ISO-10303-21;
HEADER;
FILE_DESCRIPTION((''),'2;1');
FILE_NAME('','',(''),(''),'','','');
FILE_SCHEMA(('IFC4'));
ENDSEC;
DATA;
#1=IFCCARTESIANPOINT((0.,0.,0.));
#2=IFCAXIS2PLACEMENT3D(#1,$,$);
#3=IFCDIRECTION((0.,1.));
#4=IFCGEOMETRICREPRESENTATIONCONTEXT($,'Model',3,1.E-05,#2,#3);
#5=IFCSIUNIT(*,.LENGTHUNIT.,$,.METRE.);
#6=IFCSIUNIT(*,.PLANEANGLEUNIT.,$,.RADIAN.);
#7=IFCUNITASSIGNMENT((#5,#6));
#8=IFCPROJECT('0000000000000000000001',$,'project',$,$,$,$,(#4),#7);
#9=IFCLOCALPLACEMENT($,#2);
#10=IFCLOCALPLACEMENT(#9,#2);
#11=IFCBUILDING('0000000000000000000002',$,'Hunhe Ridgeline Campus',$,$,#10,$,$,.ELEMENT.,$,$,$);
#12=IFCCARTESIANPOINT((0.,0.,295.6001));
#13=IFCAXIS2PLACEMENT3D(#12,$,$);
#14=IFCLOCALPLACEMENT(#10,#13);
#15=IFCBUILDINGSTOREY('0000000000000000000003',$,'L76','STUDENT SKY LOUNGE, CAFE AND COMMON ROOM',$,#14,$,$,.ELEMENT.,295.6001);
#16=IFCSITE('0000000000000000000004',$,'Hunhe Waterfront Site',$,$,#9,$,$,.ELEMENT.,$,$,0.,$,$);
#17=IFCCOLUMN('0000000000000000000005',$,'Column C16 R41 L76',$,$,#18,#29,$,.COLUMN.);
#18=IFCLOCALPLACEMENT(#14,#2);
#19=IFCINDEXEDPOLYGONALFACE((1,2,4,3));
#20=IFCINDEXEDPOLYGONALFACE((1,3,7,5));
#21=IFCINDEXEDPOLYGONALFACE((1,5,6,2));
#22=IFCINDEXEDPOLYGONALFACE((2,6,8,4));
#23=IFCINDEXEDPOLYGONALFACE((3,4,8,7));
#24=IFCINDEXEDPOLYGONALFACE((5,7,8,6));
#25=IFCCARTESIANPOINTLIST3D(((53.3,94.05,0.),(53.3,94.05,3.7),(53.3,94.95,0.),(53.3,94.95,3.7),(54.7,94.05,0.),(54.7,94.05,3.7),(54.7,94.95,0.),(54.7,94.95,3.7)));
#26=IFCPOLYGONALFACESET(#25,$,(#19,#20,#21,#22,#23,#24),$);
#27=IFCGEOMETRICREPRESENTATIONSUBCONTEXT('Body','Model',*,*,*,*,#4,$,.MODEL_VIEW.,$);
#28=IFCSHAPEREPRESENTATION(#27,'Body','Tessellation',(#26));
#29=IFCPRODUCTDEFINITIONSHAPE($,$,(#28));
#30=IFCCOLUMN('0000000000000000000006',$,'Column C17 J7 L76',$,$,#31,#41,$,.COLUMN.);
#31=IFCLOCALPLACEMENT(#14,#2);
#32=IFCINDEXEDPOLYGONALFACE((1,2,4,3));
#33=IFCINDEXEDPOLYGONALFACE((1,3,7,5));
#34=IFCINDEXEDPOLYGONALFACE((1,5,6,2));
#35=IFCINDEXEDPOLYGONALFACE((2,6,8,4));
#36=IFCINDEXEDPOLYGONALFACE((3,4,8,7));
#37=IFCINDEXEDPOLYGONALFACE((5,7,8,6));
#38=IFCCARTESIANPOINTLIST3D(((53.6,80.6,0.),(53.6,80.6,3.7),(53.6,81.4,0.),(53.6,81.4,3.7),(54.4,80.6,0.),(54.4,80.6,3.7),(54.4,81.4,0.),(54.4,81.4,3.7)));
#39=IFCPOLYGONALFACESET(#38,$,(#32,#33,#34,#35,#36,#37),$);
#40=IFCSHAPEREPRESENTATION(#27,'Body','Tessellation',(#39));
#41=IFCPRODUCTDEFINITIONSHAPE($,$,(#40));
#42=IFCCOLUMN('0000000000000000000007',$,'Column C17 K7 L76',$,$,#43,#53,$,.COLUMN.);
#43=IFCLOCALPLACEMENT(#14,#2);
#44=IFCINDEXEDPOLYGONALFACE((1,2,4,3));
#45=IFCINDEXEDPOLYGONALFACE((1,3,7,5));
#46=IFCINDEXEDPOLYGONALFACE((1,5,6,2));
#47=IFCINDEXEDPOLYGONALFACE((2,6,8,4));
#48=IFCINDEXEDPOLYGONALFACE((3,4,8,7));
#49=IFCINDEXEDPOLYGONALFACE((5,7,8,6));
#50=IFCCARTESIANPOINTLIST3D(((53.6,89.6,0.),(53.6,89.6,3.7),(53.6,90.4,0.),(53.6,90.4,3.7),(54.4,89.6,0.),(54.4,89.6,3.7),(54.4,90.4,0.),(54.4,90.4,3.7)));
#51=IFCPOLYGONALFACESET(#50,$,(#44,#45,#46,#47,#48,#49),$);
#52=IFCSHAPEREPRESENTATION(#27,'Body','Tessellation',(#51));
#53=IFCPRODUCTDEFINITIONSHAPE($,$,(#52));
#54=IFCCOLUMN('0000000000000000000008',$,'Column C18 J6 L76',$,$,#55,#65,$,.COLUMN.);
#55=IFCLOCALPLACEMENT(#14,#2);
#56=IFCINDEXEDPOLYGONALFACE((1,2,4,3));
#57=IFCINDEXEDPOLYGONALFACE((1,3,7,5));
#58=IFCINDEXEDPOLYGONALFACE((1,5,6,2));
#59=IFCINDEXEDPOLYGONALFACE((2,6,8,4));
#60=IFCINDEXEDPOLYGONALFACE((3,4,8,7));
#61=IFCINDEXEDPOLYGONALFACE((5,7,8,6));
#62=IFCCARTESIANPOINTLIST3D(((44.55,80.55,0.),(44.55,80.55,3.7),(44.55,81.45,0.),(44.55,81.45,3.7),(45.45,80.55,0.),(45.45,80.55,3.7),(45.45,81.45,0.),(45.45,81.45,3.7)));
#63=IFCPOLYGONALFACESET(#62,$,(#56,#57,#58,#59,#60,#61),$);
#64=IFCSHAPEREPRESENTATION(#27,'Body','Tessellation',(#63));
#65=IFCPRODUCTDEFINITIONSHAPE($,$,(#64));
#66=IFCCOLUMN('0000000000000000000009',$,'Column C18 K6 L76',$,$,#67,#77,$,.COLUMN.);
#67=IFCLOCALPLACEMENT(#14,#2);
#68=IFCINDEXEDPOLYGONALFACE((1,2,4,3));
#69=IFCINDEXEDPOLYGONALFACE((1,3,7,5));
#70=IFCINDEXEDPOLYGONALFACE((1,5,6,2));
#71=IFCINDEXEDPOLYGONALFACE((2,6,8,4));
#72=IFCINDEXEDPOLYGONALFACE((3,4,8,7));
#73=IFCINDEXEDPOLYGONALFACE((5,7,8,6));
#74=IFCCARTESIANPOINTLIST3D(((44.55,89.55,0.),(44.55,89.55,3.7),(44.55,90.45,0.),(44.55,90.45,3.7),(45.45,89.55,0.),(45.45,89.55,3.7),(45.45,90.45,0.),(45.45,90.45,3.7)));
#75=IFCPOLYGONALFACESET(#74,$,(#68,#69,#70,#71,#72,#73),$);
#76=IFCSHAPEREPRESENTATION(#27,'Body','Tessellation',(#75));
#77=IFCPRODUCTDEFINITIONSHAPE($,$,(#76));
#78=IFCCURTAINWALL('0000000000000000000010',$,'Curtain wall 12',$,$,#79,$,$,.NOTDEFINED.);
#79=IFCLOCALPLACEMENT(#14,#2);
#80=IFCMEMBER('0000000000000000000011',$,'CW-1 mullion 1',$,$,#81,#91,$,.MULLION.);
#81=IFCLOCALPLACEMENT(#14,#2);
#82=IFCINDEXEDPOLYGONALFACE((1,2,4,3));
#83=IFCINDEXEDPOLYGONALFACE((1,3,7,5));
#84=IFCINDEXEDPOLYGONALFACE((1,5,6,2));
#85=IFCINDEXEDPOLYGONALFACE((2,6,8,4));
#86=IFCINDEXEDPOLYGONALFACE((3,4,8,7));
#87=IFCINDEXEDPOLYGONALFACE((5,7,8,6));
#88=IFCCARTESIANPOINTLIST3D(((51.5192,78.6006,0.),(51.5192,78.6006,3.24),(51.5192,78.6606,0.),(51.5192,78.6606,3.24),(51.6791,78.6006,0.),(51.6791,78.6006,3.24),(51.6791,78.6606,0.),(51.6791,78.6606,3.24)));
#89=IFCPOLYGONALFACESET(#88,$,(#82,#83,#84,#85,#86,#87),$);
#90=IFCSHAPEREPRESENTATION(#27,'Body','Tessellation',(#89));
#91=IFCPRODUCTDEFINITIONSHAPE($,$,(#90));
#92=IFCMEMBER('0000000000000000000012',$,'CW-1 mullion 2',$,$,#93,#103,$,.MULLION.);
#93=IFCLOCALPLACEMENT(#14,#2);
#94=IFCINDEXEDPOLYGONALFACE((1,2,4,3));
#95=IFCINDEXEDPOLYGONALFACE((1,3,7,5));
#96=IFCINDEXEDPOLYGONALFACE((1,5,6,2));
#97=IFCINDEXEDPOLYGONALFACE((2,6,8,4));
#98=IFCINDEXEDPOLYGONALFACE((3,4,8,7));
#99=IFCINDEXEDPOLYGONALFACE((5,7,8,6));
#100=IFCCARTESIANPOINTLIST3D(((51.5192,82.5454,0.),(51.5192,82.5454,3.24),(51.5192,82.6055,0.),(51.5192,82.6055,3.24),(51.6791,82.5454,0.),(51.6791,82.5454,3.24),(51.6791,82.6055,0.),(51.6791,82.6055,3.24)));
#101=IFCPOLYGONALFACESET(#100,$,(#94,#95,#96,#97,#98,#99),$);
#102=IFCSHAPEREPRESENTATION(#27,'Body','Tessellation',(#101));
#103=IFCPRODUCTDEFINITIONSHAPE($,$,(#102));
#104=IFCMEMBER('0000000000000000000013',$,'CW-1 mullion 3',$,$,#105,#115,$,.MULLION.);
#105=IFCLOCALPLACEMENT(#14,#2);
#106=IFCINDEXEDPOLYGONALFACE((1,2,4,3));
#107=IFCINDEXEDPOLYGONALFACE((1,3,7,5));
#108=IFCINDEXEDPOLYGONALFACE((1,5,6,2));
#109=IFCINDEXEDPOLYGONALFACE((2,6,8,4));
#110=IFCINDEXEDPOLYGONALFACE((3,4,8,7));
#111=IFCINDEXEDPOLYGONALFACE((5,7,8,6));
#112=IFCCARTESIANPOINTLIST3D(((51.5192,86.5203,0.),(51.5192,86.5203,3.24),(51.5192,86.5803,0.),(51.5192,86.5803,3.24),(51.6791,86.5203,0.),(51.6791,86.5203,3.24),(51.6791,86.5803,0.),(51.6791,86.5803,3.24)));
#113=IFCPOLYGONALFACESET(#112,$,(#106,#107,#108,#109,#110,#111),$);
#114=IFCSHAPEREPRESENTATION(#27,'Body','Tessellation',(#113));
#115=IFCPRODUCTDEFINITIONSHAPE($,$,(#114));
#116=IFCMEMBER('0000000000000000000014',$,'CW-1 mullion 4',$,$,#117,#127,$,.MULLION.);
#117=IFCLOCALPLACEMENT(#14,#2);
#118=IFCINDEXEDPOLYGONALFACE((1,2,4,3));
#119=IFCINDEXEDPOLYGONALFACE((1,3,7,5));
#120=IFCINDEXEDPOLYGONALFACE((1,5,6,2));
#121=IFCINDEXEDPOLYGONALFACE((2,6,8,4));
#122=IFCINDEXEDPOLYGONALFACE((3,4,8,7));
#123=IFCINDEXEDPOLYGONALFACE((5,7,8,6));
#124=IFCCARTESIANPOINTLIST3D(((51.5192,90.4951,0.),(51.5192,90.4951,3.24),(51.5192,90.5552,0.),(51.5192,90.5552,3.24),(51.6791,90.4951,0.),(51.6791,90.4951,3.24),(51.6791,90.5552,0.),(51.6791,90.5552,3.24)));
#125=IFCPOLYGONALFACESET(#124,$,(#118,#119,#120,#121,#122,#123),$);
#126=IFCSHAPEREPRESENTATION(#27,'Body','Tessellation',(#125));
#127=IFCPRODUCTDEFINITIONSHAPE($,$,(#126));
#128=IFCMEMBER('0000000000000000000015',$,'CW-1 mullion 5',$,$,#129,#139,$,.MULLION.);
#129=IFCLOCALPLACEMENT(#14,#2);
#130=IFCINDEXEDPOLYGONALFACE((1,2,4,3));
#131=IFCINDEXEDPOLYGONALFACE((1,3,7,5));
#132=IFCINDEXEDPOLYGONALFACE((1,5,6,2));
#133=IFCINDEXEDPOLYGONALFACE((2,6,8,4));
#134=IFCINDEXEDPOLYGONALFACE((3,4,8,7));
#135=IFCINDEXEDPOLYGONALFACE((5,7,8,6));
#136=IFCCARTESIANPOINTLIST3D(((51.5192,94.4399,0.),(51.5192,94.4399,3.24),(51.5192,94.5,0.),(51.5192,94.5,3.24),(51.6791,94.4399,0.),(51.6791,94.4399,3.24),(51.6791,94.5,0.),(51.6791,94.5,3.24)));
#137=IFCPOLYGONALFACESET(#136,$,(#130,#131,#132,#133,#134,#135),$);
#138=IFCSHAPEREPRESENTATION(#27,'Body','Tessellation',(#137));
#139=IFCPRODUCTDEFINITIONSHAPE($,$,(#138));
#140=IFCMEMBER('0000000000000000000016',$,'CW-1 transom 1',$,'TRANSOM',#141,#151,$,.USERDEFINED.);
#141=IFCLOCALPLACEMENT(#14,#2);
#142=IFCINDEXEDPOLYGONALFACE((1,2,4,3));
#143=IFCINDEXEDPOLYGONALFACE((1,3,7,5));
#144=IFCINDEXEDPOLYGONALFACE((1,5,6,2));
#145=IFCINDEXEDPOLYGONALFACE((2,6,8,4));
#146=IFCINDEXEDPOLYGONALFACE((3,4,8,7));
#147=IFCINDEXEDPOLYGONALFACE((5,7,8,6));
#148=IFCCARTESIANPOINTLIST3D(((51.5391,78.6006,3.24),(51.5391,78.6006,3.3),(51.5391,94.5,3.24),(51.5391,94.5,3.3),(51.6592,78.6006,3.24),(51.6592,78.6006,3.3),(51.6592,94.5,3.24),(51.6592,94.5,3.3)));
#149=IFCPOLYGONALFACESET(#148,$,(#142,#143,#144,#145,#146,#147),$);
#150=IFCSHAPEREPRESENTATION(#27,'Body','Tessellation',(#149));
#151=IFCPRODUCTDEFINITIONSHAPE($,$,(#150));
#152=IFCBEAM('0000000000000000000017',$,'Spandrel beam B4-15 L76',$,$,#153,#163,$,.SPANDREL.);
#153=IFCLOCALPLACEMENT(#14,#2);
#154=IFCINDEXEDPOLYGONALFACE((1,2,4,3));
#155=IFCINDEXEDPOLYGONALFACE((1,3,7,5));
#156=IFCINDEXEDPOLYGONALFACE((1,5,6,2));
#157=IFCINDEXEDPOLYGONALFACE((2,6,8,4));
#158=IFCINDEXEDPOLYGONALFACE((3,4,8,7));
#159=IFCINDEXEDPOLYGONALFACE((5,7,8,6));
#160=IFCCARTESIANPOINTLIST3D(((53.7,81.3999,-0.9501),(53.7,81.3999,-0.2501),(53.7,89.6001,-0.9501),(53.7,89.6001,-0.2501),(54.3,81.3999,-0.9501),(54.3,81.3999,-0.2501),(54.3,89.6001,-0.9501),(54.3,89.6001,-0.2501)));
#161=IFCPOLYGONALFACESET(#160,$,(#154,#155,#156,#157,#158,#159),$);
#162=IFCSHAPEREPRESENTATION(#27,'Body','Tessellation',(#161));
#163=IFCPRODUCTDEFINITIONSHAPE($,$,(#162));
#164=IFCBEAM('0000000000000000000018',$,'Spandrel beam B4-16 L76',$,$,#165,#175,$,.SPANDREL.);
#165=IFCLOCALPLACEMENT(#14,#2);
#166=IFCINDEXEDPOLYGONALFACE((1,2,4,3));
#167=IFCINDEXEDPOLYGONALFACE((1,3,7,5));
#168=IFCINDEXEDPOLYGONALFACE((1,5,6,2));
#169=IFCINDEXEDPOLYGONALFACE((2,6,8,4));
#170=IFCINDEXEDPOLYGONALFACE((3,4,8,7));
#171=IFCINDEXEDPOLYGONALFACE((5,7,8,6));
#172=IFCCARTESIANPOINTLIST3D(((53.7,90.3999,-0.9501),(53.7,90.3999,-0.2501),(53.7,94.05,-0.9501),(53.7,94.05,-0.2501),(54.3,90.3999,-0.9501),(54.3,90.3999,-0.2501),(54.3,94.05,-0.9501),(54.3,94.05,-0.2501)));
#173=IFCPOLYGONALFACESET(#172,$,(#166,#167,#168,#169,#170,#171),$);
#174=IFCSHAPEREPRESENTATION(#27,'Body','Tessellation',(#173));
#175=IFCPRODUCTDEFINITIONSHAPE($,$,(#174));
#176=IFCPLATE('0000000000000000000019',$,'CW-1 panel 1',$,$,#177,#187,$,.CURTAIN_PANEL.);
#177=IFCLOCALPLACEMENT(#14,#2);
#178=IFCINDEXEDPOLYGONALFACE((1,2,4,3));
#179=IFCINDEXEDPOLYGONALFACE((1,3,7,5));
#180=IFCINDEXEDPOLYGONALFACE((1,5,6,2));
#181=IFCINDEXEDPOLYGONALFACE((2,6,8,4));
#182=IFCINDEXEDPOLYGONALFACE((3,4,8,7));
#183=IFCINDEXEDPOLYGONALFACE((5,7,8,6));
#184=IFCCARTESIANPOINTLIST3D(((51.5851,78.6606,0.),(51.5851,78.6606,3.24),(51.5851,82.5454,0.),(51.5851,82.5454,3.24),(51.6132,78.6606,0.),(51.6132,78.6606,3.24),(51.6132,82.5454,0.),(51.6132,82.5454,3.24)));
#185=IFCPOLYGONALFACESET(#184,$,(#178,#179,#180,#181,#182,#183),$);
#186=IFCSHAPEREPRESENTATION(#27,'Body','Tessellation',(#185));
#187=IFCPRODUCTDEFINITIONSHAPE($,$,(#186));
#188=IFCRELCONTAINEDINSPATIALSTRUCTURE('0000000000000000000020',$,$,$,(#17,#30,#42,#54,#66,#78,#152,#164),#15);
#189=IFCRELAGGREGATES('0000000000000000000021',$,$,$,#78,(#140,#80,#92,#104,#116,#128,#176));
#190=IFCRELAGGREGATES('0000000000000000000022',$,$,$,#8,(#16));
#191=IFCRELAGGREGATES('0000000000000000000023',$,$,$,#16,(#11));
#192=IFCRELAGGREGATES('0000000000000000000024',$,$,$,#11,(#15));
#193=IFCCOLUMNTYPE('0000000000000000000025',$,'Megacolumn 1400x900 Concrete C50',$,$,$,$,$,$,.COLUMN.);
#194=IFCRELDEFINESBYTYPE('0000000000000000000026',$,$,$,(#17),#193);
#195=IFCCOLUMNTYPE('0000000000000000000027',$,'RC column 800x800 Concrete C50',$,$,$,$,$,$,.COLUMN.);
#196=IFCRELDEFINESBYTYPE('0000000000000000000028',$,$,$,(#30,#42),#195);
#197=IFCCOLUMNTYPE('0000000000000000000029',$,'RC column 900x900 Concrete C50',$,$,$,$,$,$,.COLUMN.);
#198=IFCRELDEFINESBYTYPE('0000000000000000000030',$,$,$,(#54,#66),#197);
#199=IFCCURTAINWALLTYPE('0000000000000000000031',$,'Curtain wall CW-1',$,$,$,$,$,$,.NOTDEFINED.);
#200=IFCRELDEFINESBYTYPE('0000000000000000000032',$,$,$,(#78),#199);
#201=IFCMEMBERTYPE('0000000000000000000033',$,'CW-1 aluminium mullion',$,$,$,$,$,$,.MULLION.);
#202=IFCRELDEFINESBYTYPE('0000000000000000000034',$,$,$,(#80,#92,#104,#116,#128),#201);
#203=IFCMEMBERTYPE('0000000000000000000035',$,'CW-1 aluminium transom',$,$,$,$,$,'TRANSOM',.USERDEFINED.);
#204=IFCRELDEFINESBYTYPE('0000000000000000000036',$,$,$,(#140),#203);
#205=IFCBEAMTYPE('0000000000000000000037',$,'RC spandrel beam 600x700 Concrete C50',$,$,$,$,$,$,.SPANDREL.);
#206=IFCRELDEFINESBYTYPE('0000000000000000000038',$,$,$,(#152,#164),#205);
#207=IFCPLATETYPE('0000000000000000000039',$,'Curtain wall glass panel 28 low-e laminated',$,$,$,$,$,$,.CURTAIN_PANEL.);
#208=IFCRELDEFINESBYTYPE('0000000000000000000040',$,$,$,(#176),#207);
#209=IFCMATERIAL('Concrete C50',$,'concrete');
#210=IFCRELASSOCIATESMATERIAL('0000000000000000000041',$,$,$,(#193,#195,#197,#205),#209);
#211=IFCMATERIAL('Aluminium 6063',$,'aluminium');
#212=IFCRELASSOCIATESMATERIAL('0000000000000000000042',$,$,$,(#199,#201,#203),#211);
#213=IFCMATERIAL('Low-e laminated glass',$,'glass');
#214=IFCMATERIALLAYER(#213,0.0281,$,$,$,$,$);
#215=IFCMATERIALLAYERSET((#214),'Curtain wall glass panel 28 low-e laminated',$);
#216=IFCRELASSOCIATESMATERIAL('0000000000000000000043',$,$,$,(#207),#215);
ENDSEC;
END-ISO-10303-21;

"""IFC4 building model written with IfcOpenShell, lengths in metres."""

from ifc_helpers import new_model, si_unit, direction, frame, origin, origin_2d, place, context, subcontext, project, spatial, rectangle, extrude, material, layer, layer_set, material_profile, profile_set, type_object, element, aggregate, save


model = new_model("IFC4")

# Units and contexts
model_context = context("Model", 3, precision=1e-05, world=origin(), true_north=direction((0.0, 1.0)))
body_context = subcontext(model_context, "Body", "Model", "MODEL_VIEW")
ifc_project = project(units=[si_unit("LENGTHUNIT", "METRE"), si_unit("PLANEANGLEUNIT", "RADIAN")], contexts=[model_context])

# Site, building, storey
site_placement = place(None, origin())
site = spatial("IfcSite", under=ifc_project, at=site_placement, Name="Hunhe Waterfront Site", CompositionType="ELEMENT", RefElevation=0.0)
building_placement = place(site_placement, origin())
building = spatial("IfcBuilding", under=site, at=building_placement, Name="Hunhe Ridgeline Campus", CompositionType="ELEMENT")
storey_placement = place(building_placement, frame((0.0, 0.0, 295.6001)))
storey = spatial("IfcBuildingStorey", under=building, at=storey_placement, Name="L76", Description="STUDENT SKY LOUNGE, CAFE AND COMMON ROOM", CompositionType="ELEMENT", Elevation=295.6001)

# Columns
ifc_material_1 = material(Name="Concrete C50", Category="concrete")
ifc_material_profile_1 = material_profile(ifc_material_1, rectangle(XDim=1.3999, YDim=0.8999, at=origin_2d()))
ifc_profile_set_1 = profile_set([ifc_material_profile_1], Name="Concrete C50")
column_type_1 = type_object("IfcColumnType", Name="Megacolumn 1400x900 Concrete C50", PredefinedType="COLUMN", material=ifc_profile_set_1)
column_placement = place(storey_placement, frame((54.0, 94.5, 0.0), z_axis=(0.0, 0.0, 1.0), x_axis=(1.0, 0.0, 0.0)))
element("IfcColumn", 1, at=column_placement, inside=storey, type_object=column_type_1, Name="Column C16 R41 L76", PredefinedType="COLUMN", context=body_context, shape_type="SweptSolid", body=[
    extrude(rectangle(XDim=1.3999, YDim=0.8999, at=origin_2d()), origin(), (0.0, 0.0, 1.0), 3.7),
])
ifc_material_profile_2 = material_profile(ifc_material_1, rectangle(XDim=0.8, YDim=0.8, at=origin_2d()))
ifc_profile_set_2 = profile_set([ifc_material_profile_2], Name="Concrete C50")
column_type_2 = type_object("IfcColumnType", Name="RC column 800x800 Concrete C50", PredefinedType="COLUMN", material=ifc_profile_set_2)
for number, where, z_axis, x_axis, name in (
    (2, (54.0, 81.0, 0.0), (0.0, 0.0, 1.0), (1.0, 0.0, 0.0), "Column C17 J7 L76"),
    (3, (54.0, 90.0, 0.0), (0.0, 0.0, 1.0), (1.0, 0.0, 0.0), "Column C17 K7 L76"),
):
    element("IfcColumn", number, at=place(storey_placement, frame(where, z_axis=z_axis, x_axis=x_axis)), inside=storey, type_object=column_type_2, Name=name, PredefinedType="COLUMN", context=body_context, shape_type="SweptSolid", body=[
        extrude(rectangle(XDim=0.8, YDim=0.8, at=origin_2d()), origin(), (0.0, 0.0, 1.0), 3.7),
    ])
ifc_material_profile_3 = material_profile(ifc_material_1, rectangle(XDim=0.8999, YDim=0.8999, at=origin_2d()))
ifc_profile_set_3 = profile_set([ifc_material_profile_3], Name="Concrete C50")
column_type_3 = type_object("IfcColumnType", Name="RC column 900x900 Concrete C50", PredefinedType="COLUMN", material=ifc_profile_set_3)
for number, where, z_axis, x_axis, name in (
    (4, (45.0, 81.0, 0.0), (0.0, 0.0, 1.0), (1.0, 0.0, 0.0), "Column C18 J6 L76"),
    (5, (45.0, 90.0, 0.0), (0.0, 0.0, 1.0), (1.0, 0.0, 0.0), "Column C18 K6 L76"),
):
    element("IfcColumn", number, at=place(storey_placement, frame(where, z_axis=z_axis, x_axis=x_axis)), inside=storey, type_object=column_type_3, Name=name, PredefinedType="COLUMN", context=body_context, shape_type="SweptSolid", body=[
        extrude(rectangle(XDim=0.8999, YDim=0.8999, at=origin_2d()), origin(), (0.0, 0.0, 1.0), 3.7),
    ])

# Curtain wall, members
ifc_material_2 = material(Name="Aluminium 6063", Category="aluminium")
curtain_wall_type = type_object("IfcCurtainWallType", Name="Curtain wall CW-1", PredefinedType="NOTDEFINED", material=ifc_material_2)
curtain_wall_placement = place(storey_placement, origin())
curtain_wall = element("IfcCurtainWall", 6, at=curtain_wall_placement, inside=storey, type_object=curtain_wall_type, Name="Curtain wall 12", PredefinedType="NOTDEFINED")
ifc_material_profile_4 = material_profile(ifc_material_2, rectangle(XDim=0.1599, YDim=0.0601, at=origin_2d()))
ifc_profile_set_4 = profile_set([ifc_material_profile_4], Name="Aluminium 6063")
member_type_1 = type_object("IfcMemberType", Name="CW-1 aluminium mullion", PredefinedType="MULLION", material=ifc_profile_set_4)
member_1_placement = place(storey_placement, frame((51.5991, 78.6306, 0.0), z_axis=(0.0, 0.0, 1.0), x_axis=(-1.0, 0.0, 0.0)))
member_1 = element("IfcMember", 7, at=member_1_placement, type_object=member_type_1, Name="CW-1 mullion 1", PredefinedType="MULLION", context=body_context, shape_type="SweptSolid", body=[
    extrude(rectangle(XDim=0.1599, YDim=0.0601, at=origin_2d()), origin(), (0.0, 0.0, 1.0), 3.24),
])
member_2_placement = place(storey_placement, frame((51.5991, 82.5754, 0.0), z_axis=(0.0, 0.0, 1.0), x_axis=(-1.0, 0.0, 0.0)))
member_2 = element("IfcMember", 8, at=member_2_placement, type_object=member_type_1, Name="CW-1 mullion 2", PredefinedType="MULLION", context=body_context, shape_type="SweptSolid", body=[
    extrude(rectangle(XDim=0.1599, YDim=0.0601, at=origin_2d()), origin(), (0.0, 0.0, 1.0), 3.24),
])
member_3_placement = place(storey_placement, frame((51.5991, 86.5503, 0.0), z_axis=(0.0, 0.0, 1.0), x_axis=(-1.0, 0.0, 0.0)))
member_3 = element("IfcMember", 9, at=member_3_placement, type_object=member_type_1, Name="CW-1 mullion 3", PredefinedType="MULLION", context=body_context, shape_type="SweptSolid", body=[
    extrude(rectangle(XDim=0.1599, YDim=0.0601, at=origin_2d()), origin(), (0.0, 0.0, 1.0), 3.24),
])
member_4_placement = place(storey_placement, frame((51.5991, 90.5251, 0.0), z_axis=(0.0, 0.0, 1.0), x_axis=(-1.0, 0.0, 0.0)))
member_4 = element("IfcMember", 10, at=member_4_placement, type_object=member_type_1, Name="CW-1 mullion 4", PredefinedType="MULLION", context=body_context, shape_type="SweptSolid", body=[
    extrude(rectangle(XDim=0.1599, YDim=0.0601, at=origin_2d()), origin(), (0.0, 0.0, 1.0), 3.24),
])
member_5_placement = place(storey_placement, frame((51.5991, 94.47, 0.0), z_axis=(0.0, 0.0, 1.0), x_axis=(-1.0, 0.0, 0.0)))
member_5 = element("IfcMember", 11, at=member_5_placement, type_object=member_type_1, Name="CW-1 mullion 5", PredefinedType="MULLION", context=body_context, shape_type="SweptSolid", body=[
    extrude(rectangle(XDim=0.1599, YDim=0.0601, at=origin_2d()), origin(), (0.0, 0.0, 1.0), 3.24),
])
ifc_material_profile_5 = material_profile(ifc_material_2, rectangle(XDim=0.1201, YDim=0.0601, at=origin_2d()))
ifc_profile_set_5 = profile_set([ifc_material_profile_5], Name="Aluminium 6063")
member_type_2 = type_object("IfcMemberType", Name="CW-1 aluminium transom", ElementType="TRANSOM", PredefinedType="USERDEFINED", material=ifc_profile_set_5)
member_6_placement = place(storey_placement, frame((51.5991, 78.6006, 3.27), z_axis=(0.0, 1.0, 0.0), x_axis=(-1.0, 0.0, 0.0)))
member_6 = element("IfcMember", 12, at=member_6_placement, type_object=member_type_2, Name="CW-1 transom 1", ObjectType="TRANSOM", PredefinedType="USERDEFINED", context=body_context, shape_type="SweptSolid", body=[
    extrude(rectangle(XDim=0.1201, YDim=0.0601, at=origin_2d()), origin(), (0.0, 0.0, 1.0), 15.8994),
])

# Beams
ifc_material_profile_6 = material_profile(ifc_material_1, rectangle(XDim=0.6001, YDim=0.7, at=origin_2d()))
ifc_profile_set_6 = profile_set([ifc_material_profile_6], Name="Concrete C50")
beam_type = type_object("IfcBeamType", Name="RC spandrel beam 600x700 Concrete C50", PredefinedType="SPANDREL", material=ifc_profile_set_6)
beam_1_placement = place(storey_placement, frame((54.0, 81.3999, -0.6001), z_axis=(0.0, 1.0, 0.0), x_axis=(-1.0, 0.0, 0.0)))
element("IfcBeam", 13, at=beam_1_placement, inside=storey, type_object=beam_type, Name="Spandrel beam B4-15 L76", PredefinedType="SPANDREL", context=body_context, shape_type="SweptSolid", body=[
    extrude(rectangle(XDim=0.6001, YDim=0.7, at=origin_2d()), origin(), (0.0, 0.0, 1.0), 8.2002),
])
beam_2_placement = place(storey_placement, frame((54.0, 90.3999, -0.6001), z_axis=(0.0, 1.0, 0.0), x_axis=(-1.0, 0.0, 0.0)))
element("IfcBeam", 14, at=beam_2_placement, inside=storey, type_object=beam_type, Name="Spandrel beam B4-16 L76", PredefinedType="SPANDREL", context=body_context, shape_type="SweptSolid", body=[
    extrude(rectangle(XDim=0.6001, YDim=0.7, at=origin_2d()), origin(), (0.0, 0.0, 1.0), 3.6501),
])

# Plate
ifc_material_3 = material(Name="Low-e laminated glass", Category="glass")
ifc_layer_1 = layer(ifc_material_3, 0.0281)
ifc_layer_set_1 = layer_set([ifc_layer_1], Name="Curtain wall glass panel 28 low-e laminated")
plate_type = type_object("IfcPlateType", Name="Curtain wall glass panel 28 low-e laminated", PredefinedType="CURTAIN_PANEL", material=ifc_layer_set_1)
plate_1_placement = place(storey_placement, frame((51.5991, 80.603, 0.0), z_axis=(0.0, 0.0, 1.0), x_axis=(0.0, 1.0, 0.0)))
plate_1 = element("IfcPlate", 15, at=plate_1_placement, type_object=plate_type, Name="CW-1 panel 1", PredefinedType="CURTAIN_PANEL", context=body_context, shape_type="SweptSolid", body=[
    extrude(rectangle(XDim=3.8848, YDim=0.0281, at=origin_2d()), origin(), (0.0, 0.0, 1.0), 3.24),
])
aggregate(curtain_wall, [member_6, member_1, member_2, member_3, member_4, member_5, plate_1])

save(model, "model.ifc")
